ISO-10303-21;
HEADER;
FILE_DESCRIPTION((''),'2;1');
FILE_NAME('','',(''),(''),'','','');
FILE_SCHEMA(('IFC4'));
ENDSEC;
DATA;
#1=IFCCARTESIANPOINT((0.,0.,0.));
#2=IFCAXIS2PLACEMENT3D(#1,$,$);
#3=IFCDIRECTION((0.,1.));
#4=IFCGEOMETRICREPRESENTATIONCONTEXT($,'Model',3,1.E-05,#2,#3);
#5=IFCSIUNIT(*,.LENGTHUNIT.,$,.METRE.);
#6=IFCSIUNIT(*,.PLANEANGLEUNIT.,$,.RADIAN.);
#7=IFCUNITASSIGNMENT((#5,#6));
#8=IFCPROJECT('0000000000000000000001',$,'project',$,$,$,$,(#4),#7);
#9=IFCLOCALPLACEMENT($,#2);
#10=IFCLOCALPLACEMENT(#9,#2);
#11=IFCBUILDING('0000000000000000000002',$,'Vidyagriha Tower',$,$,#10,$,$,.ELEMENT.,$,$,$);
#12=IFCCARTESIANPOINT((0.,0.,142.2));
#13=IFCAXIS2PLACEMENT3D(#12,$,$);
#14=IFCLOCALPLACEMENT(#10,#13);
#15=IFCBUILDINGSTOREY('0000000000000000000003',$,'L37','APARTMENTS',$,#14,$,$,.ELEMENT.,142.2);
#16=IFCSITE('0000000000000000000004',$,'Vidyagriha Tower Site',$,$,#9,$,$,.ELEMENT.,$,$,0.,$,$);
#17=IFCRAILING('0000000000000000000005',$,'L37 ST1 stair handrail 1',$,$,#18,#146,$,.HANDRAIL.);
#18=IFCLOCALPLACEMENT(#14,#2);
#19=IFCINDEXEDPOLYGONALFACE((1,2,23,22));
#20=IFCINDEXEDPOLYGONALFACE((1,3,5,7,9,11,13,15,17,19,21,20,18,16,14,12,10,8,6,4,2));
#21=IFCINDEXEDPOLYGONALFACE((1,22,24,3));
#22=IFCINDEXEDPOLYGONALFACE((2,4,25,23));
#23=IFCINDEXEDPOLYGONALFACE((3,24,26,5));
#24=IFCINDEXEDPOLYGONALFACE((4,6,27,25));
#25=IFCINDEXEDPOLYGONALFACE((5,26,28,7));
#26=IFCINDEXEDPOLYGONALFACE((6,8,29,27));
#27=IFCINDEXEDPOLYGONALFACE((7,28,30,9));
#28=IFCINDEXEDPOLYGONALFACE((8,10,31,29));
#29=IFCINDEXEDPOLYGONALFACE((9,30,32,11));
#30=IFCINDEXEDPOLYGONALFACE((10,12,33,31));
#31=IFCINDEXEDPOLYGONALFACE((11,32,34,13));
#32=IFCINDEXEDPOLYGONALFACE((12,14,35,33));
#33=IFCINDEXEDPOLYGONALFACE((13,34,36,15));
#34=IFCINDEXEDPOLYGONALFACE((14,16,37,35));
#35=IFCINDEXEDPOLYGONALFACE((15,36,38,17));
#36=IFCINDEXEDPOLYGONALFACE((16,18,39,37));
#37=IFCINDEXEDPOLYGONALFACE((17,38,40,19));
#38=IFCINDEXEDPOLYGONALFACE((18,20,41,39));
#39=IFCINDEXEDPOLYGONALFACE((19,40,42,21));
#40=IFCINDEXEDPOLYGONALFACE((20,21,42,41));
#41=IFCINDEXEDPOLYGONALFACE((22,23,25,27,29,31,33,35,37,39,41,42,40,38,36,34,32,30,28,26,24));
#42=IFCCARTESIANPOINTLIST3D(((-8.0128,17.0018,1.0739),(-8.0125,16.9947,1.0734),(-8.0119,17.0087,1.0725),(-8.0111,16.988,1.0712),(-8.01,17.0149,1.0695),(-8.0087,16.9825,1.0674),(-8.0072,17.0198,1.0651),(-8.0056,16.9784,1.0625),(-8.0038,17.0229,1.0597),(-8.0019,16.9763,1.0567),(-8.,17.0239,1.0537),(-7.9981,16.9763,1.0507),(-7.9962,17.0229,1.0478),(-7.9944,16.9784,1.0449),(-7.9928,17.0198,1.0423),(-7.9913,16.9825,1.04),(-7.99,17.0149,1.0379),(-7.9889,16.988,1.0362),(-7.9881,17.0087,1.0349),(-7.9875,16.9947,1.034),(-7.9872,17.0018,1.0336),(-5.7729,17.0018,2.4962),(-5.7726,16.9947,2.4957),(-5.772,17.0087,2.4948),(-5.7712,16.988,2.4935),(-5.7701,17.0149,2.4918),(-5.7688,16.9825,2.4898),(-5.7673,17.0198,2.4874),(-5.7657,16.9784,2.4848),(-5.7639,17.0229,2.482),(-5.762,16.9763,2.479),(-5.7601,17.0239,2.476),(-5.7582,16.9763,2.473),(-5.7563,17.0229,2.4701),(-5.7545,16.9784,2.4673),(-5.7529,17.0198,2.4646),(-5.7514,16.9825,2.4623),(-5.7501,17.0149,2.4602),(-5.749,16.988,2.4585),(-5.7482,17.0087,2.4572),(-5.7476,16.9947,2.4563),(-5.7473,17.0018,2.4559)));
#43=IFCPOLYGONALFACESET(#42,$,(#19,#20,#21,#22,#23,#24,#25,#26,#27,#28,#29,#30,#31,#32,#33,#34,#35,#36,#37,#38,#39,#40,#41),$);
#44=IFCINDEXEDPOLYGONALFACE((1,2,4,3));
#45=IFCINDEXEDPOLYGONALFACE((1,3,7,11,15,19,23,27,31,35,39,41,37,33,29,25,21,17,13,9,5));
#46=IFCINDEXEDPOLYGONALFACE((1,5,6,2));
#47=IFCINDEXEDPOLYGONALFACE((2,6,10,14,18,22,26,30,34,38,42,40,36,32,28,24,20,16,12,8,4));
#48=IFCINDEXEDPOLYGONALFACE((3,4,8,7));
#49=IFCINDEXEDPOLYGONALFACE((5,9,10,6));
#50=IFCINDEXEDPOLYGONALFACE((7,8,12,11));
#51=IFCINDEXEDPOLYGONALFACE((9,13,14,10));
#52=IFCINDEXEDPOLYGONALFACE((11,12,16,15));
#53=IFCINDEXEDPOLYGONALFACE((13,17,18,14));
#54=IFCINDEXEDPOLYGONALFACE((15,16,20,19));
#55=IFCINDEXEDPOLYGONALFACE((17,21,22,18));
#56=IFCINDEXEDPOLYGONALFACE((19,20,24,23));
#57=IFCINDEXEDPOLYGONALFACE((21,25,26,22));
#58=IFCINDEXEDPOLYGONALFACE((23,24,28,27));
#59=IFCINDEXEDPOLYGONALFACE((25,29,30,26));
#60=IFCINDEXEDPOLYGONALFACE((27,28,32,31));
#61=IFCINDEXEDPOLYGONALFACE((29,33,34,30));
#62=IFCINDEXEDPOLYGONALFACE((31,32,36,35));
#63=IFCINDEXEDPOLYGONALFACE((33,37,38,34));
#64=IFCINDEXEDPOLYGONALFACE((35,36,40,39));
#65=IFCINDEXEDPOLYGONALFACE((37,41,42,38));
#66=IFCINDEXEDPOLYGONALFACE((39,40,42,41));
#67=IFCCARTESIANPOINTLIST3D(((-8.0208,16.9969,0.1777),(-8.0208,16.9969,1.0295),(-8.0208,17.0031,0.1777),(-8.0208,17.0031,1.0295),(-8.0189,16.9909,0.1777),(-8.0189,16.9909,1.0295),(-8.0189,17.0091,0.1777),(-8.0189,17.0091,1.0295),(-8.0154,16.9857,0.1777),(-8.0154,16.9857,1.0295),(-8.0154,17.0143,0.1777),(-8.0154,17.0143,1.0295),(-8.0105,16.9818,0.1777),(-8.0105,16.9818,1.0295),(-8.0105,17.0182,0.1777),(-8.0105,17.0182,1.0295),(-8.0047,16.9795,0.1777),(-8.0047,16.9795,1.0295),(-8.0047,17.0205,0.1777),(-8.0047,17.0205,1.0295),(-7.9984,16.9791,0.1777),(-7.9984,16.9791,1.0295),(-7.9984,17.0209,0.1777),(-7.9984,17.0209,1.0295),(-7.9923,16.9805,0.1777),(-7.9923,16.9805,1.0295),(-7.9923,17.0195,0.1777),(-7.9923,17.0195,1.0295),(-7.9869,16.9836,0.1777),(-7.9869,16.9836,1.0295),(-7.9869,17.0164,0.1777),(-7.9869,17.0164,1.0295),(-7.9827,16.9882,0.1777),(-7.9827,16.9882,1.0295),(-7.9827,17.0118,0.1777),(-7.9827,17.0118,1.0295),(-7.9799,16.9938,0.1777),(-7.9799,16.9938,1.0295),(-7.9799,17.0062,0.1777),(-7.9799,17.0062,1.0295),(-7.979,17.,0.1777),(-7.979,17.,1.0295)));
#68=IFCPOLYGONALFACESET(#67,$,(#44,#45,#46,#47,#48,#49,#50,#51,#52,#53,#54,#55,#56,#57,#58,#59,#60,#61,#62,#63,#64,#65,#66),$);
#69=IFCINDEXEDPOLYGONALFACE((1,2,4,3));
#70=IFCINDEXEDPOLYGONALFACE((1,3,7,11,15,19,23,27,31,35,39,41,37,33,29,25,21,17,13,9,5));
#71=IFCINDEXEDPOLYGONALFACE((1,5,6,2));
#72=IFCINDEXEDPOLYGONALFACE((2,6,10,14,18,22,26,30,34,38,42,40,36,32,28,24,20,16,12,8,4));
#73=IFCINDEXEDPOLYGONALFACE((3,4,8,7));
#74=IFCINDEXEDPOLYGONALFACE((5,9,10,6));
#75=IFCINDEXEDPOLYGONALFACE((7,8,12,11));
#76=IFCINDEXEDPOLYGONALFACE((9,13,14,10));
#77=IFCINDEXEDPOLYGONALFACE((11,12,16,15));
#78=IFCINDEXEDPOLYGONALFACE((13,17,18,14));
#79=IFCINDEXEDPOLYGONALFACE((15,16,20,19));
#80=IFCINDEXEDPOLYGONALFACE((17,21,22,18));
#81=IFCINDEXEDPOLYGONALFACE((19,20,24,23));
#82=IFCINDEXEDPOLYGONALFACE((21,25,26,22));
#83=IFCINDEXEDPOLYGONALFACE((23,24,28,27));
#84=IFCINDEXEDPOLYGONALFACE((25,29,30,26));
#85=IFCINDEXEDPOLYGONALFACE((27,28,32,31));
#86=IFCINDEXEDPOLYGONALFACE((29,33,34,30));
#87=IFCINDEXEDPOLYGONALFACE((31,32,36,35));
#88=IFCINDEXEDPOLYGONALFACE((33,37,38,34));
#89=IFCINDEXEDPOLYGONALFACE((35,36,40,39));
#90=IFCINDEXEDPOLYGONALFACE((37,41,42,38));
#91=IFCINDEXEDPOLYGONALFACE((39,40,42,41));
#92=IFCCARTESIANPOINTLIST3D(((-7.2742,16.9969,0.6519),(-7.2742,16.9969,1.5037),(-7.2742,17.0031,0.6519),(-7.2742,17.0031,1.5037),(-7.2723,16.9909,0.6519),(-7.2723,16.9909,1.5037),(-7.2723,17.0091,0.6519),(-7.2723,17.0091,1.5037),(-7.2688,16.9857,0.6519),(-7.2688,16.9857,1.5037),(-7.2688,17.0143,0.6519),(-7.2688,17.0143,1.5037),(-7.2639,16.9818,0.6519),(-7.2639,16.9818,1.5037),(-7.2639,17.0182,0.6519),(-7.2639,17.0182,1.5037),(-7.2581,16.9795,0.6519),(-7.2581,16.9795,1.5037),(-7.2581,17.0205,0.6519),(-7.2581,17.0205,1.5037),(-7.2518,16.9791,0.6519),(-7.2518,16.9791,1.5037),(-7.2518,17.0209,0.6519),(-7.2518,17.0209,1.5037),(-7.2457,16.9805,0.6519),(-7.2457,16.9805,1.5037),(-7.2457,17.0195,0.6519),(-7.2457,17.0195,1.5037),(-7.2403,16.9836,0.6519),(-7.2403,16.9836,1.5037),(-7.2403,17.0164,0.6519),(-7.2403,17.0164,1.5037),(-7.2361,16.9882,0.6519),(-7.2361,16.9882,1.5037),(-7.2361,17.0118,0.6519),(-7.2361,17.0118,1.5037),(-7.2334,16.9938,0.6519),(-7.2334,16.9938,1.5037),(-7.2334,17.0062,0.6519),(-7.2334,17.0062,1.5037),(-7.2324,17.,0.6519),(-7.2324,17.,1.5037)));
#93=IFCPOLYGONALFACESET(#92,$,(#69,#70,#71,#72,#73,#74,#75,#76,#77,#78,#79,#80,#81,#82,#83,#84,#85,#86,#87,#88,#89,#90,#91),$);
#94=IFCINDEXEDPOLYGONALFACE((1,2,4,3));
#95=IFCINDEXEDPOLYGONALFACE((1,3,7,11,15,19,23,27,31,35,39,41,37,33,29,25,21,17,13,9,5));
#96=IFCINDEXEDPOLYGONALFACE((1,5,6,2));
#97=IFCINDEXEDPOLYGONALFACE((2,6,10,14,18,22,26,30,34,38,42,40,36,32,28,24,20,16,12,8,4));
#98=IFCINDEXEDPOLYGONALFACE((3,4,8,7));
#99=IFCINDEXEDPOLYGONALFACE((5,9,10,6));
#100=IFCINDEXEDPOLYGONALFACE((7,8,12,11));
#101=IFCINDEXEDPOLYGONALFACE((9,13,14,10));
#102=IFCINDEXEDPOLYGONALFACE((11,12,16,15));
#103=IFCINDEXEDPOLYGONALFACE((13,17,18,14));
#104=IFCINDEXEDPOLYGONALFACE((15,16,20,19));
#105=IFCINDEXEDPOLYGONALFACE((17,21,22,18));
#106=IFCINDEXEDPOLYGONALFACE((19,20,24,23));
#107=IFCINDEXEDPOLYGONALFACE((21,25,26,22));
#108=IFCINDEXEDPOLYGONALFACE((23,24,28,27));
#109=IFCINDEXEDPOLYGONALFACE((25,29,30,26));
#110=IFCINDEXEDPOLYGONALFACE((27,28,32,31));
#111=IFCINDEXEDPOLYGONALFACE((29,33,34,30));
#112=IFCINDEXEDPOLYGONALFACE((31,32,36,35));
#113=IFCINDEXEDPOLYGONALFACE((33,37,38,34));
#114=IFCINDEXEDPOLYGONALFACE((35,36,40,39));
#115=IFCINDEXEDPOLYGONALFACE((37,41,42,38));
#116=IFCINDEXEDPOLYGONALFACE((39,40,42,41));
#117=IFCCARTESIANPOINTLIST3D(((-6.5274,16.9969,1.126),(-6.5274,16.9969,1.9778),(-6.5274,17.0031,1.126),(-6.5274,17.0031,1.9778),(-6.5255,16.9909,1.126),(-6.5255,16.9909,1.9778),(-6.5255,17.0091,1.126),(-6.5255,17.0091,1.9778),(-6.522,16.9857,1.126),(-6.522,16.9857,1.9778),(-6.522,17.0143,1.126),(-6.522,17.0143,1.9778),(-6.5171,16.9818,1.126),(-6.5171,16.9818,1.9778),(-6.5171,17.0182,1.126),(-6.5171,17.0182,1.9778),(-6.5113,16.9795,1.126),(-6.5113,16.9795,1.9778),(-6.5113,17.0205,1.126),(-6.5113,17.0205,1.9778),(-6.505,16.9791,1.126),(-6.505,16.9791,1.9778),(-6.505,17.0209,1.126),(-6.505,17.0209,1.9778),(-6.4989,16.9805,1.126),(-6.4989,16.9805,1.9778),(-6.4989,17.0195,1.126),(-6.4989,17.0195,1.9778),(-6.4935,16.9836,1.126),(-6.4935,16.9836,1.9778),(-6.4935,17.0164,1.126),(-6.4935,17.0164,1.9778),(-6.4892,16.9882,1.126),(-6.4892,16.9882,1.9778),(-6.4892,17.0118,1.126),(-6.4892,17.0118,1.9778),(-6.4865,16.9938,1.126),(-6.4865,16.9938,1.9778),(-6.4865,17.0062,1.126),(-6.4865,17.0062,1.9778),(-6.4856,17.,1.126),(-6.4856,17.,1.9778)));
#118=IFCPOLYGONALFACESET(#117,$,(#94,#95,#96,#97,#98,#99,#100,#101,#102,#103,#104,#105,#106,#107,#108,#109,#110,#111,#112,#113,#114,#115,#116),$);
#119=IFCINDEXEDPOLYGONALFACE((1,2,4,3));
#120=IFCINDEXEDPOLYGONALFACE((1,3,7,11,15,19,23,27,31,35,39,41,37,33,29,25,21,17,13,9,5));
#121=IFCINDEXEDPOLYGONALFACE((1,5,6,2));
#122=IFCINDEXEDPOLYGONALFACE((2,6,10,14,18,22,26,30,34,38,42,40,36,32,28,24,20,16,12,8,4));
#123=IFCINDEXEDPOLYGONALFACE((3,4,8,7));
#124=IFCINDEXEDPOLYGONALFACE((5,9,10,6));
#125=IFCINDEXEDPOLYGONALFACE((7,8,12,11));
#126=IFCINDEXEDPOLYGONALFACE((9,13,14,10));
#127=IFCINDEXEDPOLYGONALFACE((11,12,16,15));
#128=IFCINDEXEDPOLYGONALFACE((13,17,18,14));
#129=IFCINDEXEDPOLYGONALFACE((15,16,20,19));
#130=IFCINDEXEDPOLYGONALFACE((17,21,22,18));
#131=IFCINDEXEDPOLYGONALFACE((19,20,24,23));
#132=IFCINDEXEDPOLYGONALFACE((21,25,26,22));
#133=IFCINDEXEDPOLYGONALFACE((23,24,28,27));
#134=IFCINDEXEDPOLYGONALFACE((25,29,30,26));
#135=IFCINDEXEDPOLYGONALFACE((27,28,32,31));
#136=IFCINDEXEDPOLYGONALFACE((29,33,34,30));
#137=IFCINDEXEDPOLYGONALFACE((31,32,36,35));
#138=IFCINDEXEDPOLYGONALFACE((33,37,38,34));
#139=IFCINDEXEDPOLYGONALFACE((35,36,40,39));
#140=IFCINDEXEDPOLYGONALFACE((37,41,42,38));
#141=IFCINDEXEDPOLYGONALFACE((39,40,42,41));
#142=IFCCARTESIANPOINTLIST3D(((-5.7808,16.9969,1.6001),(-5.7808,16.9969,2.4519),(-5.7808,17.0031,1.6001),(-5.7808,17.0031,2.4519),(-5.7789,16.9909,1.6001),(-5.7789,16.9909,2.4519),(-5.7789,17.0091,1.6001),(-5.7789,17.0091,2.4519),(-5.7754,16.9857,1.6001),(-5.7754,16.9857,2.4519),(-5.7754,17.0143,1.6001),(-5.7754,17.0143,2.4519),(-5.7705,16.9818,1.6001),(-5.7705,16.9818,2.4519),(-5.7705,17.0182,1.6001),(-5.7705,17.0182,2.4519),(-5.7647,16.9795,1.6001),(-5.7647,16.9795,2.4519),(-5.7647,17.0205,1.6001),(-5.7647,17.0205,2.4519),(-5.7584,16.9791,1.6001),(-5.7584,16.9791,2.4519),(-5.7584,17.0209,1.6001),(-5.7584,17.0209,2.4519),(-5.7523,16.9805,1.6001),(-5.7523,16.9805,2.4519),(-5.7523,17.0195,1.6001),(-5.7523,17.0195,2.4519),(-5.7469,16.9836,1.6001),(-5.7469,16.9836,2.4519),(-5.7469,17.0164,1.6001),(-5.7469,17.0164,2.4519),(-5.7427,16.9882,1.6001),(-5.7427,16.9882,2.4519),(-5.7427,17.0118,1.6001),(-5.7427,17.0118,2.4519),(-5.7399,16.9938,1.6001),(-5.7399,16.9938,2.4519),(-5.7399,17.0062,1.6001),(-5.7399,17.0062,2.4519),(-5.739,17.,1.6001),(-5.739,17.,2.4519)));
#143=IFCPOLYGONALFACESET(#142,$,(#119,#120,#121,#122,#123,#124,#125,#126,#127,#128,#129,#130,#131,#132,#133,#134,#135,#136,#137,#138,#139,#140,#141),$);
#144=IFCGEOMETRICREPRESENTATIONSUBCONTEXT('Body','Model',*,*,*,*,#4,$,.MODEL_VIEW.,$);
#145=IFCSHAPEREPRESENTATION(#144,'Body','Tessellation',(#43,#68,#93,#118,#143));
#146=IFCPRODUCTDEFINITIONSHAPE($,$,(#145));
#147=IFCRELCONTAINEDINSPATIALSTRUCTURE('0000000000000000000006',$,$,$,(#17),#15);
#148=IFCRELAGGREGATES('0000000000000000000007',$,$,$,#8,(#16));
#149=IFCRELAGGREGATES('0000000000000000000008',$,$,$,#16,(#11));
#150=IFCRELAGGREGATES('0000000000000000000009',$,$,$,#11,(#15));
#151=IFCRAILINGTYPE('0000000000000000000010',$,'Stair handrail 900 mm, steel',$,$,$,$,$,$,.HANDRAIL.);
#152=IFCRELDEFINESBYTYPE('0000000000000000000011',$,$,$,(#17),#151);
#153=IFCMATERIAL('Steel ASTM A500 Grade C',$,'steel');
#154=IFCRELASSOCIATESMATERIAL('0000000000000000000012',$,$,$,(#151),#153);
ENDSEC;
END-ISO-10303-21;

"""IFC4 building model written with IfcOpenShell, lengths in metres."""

from ifc_helpers import new_model, si_unit, direction, frame, origin, origin_2d, place, context, subcontext, project, spatial, circle, extrude, material, type_object, element, save


model = new_model("IFC4")

# Units and contexts
model_context = context("Model", 3, precision=1e-05, world=origin(), true_north=direction((0.0, 1.0)))
body_context = subcontext(model_context, "Body", "Model", "MODEL_VIEW")
ifc_project = project(units=[si_unit("LENGTHUNIT", "METRE"), si_unit("PLANEANGLEUNIT", "RADIAN")], contexts=[model_context])

# Site, building, storey
site_placement = place(None, origin())
site = spatial("IfcSite", under=ifc_project, at=site_placement, Name="Vidyagriha Tower Site", CompositionType="ELEMENT", RefElevation=0.0)
building_placement = place(site_placement, origin())
building = spatial("IfcBuilding", under=site, at=building_placement, Name="Vidyagriha Tower", CompositionType="ELEMENT")
storey_placement = place(building_placement, frame((0.0, 0.0, 142.2)))
storey = spatial("IfcBuildingStorey", under=building, at=storey_placement, Name="L37", Description="APARTMENTS", CompositionType="ELEMENT", Elevation=142.2)

# Railing
ifc_material_1 = material(Name="Steel ASTM A500 Grade C", Category="steel")
railing_type_1 = type_object("IfcRailingType", Name="Stair handrail 900 mm, steel", PredefinedType="HANDRAIL", material=ifc_material_1)
railing_1_placement = place(storey_placement, frame((-8.0, 17.0, 0.1777)))
element("IfcRailing", 1, at=railing_1_placement, inside=storey, type_object=railing_type_1, Name="L37 ST1 stair handrail 1", PredefinedType="HANDRAIL", context=body_context, shape_type="SweptSolid", body=[
    extrude(circle(Radius=0.0239, at=origin_2d()), frame((0.0, 0.0, 0.876), z_axis=(0.844188, 0.0, 0.536048), x_axis=(0.0, 1.0, 0.0)), (0.0, 0.0, 1.0), 2.6533),
    extrude(circle(Radius=0.021, at=origin_2d()), origin(), (0.0, 0.0, 1.0), 0.8518),
    extrude(circle(Radius=0.021, at=origin_2d()), frame((0.7466, 0.0, 0.4741)), (0.0, 0.0, 1.0), 0.8518),
    extrude(circle(Radius=0.021, at=origin_2d()), frame((1.4934, 0.0, 0.9482)), (0.0, 0.0, 1.0), 0.8518),
    extrude(circle(Radius=0.021, at=origin_2d()), frame((2.24, 0.0, 1.4224)), (0.0, 0.0, 1.0), 0.8518),
])

save(model, "model.ifc")
